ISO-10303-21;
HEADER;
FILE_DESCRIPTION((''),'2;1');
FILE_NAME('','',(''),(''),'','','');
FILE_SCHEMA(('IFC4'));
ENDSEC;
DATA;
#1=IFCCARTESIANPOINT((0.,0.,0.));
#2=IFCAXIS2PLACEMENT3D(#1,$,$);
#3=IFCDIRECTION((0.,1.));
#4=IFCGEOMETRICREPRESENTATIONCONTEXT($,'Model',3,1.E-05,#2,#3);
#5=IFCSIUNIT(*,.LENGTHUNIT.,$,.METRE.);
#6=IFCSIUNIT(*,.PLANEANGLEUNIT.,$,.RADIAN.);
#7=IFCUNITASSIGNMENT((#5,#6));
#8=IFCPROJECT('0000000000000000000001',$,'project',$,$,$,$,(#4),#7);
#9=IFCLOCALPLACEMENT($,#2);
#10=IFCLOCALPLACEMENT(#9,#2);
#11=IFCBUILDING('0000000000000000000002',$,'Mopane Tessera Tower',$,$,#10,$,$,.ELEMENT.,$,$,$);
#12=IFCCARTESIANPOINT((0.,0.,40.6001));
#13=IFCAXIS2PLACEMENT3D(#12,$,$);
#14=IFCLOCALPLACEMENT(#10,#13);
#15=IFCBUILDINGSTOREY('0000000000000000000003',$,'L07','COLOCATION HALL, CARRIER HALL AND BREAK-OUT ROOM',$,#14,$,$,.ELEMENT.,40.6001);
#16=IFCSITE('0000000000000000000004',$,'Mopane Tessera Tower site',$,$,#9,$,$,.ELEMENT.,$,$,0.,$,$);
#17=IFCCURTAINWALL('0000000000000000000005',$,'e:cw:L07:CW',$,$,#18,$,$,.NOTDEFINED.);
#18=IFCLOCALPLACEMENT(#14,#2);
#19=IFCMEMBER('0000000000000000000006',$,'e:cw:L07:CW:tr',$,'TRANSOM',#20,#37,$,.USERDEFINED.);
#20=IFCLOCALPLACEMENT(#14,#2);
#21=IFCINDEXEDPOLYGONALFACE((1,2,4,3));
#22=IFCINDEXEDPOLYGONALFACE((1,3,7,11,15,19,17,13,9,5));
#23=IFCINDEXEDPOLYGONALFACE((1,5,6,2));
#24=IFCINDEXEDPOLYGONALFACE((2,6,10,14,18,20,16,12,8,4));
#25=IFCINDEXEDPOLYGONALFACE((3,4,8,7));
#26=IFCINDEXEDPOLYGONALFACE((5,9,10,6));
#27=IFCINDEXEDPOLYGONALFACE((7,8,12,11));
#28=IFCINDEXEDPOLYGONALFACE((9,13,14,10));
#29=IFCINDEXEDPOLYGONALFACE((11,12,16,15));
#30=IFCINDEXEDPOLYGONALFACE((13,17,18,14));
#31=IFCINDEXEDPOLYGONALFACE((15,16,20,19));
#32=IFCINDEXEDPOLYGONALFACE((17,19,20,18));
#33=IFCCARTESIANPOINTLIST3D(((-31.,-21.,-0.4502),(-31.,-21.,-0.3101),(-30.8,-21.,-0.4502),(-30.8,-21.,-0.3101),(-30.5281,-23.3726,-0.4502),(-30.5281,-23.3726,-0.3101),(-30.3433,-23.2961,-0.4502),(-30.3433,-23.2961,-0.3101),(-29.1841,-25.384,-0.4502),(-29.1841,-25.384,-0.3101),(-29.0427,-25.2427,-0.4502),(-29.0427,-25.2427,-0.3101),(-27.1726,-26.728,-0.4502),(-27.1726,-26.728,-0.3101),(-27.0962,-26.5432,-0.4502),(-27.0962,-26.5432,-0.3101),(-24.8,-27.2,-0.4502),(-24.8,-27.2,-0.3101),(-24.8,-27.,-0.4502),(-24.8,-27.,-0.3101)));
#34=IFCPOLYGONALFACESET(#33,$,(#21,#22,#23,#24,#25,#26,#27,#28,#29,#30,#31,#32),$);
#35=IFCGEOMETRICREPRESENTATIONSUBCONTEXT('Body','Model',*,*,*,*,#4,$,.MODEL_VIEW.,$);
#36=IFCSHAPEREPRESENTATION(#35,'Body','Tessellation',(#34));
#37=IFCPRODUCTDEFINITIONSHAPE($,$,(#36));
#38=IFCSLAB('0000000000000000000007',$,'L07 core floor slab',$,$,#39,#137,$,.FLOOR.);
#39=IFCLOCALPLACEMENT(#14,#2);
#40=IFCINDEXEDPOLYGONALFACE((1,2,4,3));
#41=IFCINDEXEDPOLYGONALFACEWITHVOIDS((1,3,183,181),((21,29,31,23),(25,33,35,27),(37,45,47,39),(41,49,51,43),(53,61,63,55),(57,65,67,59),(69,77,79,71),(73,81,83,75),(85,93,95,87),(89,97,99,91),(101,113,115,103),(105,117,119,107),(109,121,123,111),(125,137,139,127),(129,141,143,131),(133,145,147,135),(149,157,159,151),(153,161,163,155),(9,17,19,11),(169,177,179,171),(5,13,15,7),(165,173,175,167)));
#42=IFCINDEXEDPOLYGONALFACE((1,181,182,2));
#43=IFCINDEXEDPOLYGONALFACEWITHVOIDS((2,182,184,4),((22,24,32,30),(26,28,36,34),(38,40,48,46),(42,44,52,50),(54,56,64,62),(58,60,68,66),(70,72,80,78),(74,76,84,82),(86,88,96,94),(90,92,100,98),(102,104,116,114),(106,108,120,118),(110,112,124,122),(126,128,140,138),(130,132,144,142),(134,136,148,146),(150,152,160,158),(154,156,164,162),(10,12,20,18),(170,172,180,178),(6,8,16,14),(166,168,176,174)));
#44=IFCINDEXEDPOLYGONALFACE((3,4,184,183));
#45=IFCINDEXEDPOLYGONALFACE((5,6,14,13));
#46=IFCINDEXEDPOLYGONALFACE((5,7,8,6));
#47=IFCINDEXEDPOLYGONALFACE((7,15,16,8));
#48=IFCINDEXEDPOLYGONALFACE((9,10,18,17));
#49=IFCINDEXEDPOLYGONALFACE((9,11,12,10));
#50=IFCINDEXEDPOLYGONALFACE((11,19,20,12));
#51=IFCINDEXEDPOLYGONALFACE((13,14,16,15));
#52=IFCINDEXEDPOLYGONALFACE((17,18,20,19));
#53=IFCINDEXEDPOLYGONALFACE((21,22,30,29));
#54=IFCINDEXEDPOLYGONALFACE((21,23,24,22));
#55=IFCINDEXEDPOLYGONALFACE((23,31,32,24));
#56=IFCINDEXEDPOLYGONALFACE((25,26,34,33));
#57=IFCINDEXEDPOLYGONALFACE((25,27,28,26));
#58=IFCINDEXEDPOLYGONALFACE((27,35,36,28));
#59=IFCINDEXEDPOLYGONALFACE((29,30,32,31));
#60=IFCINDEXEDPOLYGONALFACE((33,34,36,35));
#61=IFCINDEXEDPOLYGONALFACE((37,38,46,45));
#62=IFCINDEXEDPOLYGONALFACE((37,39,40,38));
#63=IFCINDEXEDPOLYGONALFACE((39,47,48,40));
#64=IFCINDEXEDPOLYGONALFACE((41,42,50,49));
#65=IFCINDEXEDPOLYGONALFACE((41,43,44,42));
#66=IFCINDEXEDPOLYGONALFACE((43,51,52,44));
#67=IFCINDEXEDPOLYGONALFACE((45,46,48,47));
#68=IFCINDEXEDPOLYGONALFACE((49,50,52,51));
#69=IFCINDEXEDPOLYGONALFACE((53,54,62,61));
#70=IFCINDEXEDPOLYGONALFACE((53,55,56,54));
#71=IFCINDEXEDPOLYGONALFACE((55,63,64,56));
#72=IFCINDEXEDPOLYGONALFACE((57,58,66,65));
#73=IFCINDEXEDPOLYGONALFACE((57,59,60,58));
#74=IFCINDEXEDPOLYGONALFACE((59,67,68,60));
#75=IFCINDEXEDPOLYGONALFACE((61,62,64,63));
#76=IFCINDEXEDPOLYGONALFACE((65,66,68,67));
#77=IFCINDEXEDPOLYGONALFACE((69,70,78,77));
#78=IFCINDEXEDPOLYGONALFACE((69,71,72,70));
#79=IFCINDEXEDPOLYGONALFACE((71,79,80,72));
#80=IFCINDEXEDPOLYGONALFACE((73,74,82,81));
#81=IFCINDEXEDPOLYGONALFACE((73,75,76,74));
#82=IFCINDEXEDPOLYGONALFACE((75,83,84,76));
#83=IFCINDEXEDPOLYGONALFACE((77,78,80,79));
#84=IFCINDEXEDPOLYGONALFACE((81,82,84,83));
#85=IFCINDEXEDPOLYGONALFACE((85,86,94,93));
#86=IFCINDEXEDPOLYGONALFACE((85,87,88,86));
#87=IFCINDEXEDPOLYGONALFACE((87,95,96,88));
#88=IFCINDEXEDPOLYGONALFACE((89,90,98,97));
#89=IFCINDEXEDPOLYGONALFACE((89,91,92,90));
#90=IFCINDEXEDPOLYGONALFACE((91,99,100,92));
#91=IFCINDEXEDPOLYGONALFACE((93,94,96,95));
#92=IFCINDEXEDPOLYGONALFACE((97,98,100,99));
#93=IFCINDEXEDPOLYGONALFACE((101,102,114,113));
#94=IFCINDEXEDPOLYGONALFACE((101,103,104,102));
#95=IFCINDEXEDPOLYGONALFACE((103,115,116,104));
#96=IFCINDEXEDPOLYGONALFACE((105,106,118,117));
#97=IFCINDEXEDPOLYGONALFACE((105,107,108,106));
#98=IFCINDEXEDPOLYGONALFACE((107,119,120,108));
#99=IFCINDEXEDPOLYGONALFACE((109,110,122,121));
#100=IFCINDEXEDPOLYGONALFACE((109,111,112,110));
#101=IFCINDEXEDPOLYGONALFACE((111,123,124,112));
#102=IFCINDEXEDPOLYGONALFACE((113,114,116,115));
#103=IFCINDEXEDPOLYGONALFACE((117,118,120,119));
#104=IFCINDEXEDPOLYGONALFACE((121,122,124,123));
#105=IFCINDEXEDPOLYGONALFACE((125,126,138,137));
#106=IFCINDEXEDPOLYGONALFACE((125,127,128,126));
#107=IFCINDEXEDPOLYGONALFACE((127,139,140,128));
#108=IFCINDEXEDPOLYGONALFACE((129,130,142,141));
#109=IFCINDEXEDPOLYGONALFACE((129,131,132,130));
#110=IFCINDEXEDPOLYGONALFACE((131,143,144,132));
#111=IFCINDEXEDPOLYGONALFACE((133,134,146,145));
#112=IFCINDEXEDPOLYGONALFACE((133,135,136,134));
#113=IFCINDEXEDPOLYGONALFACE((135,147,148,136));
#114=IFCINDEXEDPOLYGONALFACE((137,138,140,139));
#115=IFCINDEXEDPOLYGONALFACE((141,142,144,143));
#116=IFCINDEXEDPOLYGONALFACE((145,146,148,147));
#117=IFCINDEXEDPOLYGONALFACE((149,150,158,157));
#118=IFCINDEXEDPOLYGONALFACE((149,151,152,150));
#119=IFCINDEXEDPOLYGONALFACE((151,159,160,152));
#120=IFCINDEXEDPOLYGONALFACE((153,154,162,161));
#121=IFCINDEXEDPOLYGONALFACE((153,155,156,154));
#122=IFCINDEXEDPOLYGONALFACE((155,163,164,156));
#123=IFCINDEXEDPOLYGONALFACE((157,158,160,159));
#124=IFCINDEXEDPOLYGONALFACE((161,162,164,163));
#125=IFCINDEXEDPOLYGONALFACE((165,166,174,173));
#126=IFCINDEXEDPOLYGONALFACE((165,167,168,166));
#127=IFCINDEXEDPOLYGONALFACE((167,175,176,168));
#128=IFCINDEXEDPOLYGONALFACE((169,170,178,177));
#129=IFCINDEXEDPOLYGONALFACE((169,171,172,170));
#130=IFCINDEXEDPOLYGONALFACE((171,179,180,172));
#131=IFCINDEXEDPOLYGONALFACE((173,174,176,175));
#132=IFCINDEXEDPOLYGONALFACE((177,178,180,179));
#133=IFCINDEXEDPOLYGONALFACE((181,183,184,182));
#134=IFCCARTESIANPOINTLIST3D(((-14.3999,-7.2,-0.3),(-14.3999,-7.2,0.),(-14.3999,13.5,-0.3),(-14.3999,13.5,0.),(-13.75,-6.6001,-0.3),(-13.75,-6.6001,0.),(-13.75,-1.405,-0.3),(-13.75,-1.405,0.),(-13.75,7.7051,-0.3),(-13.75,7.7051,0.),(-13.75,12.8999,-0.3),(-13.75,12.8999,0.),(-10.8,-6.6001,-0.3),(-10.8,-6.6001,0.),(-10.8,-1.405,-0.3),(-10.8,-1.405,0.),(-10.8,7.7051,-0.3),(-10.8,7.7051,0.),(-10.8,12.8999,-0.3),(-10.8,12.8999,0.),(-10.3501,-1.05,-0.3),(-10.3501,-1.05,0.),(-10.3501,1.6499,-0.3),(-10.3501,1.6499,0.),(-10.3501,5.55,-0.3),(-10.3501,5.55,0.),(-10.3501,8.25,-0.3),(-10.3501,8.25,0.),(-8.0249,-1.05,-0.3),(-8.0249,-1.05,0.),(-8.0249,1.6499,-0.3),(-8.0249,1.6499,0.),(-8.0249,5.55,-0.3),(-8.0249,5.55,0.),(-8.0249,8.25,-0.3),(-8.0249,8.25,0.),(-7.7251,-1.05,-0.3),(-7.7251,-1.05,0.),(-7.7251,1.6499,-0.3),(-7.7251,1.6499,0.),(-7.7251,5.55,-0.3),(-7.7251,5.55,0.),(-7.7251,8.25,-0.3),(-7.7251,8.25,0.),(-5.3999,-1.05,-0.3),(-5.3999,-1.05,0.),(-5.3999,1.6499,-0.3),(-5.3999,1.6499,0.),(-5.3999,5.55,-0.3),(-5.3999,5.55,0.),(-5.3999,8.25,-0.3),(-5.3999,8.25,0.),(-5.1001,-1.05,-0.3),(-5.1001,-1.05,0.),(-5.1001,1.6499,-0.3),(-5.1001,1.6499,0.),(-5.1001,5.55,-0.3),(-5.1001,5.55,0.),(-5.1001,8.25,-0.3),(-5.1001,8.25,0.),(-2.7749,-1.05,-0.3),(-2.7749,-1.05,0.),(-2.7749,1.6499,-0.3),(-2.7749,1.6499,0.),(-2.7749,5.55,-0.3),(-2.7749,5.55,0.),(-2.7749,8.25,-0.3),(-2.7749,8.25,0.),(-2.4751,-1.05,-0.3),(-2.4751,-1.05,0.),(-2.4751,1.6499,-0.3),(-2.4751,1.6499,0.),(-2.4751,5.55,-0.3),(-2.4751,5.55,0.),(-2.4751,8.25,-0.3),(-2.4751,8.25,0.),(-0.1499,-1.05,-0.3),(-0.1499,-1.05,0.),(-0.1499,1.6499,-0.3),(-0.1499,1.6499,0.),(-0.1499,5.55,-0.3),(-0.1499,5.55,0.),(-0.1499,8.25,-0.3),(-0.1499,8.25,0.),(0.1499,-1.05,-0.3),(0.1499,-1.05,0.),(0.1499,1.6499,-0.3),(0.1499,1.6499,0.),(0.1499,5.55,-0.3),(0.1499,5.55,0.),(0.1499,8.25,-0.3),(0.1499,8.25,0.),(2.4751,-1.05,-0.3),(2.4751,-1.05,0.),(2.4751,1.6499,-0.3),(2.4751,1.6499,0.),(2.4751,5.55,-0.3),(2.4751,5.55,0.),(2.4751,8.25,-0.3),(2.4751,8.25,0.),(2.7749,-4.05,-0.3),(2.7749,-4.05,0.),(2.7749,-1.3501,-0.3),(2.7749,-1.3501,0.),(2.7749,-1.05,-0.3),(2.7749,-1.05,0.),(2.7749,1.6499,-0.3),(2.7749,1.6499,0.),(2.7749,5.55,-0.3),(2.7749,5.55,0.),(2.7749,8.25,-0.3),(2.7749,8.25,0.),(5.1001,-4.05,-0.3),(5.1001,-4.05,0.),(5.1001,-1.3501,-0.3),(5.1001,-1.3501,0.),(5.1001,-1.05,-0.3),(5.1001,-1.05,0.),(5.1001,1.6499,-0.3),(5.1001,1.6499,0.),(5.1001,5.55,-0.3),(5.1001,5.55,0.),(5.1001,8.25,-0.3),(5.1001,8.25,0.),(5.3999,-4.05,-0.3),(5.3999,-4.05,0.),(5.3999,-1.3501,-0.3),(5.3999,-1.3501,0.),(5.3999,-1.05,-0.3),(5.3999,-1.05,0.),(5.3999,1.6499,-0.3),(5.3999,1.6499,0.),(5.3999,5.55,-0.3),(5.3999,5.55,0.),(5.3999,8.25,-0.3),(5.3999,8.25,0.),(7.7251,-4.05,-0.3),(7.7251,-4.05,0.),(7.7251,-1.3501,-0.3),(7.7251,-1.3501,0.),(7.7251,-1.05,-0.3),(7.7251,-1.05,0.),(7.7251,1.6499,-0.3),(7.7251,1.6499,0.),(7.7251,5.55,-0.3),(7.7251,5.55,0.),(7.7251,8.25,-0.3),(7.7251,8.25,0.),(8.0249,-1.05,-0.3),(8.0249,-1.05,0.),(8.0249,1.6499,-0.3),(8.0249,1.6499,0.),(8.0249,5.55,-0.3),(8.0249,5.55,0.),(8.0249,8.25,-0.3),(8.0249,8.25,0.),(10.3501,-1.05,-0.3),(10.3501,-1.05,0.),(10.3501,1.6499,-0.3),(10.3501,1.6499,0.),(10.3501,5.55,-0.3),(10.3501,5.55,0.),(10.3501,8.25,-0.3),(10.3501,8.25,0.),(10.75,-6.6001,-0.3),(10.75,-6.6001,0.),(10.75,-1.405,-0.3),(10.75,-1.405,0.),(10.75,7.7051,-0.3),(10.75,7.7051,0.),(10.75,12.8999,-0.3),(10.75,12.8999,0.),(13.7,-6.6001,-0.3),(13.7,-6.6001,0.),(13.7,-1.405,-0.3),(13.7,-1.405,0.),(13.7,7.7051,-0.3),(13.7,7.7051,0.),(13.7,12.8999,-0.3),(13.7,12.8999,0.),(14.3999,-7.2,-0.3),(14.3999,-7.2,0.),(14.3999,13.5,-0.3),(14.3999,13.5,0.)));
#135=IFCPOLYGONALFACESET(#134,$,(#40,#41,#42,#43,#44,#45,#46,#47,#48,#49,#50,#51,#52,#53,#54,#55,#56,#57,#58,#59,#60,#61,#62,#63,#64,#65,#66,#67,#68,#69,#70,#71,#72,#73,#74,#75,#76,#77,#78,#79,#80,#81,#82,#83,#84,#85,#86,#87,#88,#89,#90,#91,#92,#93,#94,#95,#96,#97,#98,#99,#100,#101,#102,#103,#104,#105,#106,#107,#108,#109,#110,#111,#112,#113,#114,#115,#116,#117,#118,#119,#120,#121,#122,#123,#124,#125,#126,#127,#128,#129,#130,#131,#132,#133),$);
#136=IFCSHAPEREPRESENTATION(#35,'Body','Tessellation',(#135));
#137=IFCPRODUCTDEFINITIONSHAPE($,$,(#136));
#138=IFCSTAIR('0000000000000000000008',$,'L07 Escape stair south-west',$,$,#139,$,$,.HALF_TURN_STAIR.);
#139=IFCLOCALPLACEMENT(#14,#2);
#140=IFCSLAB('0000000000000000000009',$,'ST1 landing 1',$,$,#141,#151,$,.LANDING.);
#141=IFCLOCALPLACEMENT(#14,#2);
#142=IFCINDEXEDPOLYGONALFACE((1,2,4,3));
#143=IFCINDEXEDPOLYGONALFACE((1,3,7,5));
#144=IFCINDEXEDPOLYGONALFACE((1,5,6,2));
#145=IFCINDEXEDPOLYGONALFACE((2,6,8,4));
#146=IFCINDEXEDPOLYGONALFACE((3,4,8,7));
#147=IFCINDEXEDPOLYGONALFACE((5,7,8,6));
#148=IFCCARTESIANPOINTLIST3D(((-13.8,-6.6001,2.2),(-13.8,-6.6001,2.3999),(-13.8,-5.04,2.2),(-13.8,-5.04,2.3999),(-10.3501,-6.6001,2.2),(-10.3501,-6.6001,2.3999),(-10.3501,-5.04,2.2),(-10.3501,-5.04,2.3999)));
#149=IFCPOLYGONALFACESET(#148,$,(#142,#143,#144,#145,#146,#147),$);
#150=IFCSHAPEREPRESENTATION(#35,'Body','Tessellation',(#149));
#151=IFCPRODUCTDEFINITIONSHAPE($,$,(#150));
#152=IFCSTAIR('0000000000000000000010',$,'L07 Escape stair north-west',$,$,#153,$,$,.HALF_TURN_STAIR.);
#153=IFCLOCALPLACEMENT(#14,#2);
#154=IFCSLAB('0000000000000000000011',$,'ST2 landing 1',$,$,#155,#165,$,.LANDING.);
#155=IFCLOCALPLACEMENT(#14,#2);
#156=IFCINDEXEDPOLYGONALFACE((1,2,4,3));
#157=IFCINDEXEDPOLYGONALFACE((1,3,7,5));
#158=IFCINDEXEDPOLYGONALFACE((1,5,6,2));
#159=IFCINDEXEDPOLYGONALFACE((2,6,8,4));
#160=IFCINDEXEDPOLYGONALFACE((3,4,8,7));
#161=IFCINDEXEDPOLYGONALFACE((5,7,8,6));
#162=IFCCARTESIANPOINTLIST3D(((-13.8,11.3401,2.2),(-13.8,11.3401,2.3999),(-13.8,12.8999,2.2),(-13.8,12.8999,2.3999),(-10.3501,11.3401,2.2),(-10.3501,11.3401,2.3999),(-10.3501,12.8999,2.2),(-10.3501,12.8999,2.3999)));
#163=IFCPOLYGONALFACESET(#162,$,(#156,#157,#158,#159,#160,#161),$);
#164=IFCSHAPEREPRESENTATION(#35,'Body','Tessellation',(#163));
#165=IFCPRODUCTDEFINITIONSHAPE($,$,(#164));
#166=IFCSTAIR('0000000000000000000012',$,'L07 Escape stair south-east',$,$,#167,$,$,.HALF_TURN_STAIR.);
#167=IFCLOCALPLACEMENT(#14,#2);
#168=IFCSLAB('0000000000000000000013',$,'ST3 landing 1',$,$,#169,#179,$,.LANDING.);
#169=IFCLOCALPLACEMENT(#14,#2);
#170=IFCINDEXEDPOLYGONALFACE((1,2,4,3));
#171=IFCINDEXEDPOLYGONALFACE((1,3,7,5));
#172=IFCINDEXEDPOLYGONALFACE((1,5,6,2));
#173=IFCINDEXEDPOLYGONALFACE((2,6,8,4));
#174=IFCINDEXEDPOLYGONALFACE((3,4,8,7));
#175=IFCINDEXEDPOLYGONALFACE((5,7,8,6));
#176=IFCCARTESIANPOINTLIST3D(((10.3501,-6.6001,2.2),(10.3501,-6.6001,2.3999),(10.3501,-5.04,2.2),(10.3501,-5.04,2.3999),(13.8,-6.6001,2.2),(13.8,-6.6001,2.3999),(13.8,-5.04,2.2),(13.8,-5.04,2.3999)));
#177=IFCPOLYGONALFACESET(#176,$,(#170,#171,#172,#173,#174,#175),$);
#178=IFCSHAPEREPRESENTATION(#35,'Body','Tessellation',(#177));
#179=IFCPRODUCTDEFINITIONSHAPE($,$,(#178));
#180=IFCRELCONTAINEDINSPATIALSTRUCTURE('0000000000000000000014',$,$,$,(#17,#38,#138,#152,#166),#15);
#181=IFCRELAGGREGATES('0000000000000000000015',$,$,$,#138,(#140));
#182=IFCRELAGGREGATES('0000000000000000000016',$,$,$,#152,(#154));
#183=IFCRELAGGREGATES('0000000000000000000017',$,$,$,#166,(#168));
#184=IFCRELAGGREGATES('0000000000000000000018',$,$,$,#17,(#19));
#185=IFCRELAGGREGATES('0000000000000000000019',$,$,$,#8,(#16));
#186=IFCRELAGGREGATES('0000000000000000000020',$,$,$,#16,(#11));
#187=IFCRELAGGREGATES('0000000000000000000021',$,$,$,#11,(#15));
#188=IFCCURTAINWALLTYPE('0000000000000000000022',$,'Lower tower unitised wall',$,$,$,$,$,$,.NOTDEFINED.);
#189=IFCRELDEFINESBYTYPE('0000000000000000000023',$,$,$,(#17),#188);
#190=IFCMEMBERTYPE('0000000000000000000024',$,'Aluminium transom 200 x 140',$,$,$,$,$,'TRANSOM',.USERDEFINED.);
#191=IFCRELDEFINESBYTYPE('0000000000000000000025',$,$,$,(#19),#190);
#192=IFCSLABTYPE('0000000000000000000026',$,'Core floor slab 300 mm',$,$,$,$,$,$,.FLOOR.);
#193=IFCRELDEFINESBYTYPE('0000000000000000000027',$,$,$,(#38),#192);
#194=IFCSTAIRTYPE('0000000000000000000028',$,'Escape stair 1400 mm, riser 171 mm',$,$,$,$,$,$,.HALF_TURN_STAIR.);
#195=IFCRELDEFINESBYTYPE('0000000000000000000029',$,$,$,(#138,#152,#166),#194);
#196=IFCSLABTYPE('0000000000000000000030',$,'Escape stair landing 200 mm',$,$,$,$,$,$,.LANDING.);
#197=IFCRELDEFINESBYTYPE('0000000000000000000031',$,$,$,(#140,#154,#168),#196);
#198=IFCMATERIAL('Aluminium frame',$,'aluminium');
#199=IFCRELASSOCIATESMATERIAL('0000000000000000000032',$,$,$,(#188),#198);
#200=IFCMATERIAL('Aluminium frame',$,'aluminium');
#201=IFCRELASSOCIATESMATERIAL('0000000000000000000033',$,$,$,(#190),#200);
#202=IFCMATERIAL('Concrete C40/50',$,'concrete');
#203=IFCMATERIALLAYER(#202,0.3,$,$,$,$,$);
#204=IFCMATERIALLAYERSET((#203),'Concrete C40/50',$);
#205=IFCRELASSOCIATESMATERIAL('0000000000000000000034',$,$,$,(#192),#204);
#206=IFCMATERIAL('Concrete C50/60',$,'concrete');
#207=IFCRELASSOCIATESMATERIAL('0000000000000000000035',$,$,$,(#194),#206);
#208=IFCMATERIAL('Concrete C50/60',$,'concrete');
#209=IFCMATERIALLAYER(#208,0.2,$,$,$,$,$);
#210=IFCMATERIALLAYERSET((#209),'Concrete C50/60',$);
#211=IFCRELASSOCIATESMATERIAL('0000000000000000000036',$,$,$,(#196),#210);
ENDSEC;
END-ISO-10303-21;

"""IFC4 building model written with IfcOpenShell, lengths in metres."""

from ifc_helpers import new_model, si_unit, direction, frame, origin, origin_2d, place, context, subcontext, project, spatial, polyline, rectangle, outline, extrude, material, layer, layer_set, material_profile, profile_set, type_object, element, aggregate, save


model = new_model("IFC4")

# Units and contexts
model_context = context("Model", 3, precision=1e-05, world=origin(), true_north=direction((0.0, 1.0)))
body_context = subcontext(model_context, "Body", "Model", "MODEL_VIEW")
ifc_project = project(units=[si_unit("LENGTHUNIT", "METRE"), si_unit("PLANEANGLEUNIT", "RADIAN")], contexts=[model_context])

# Site, building, storey
site_placement = place(None, origin())
site = spatial("IfcSite", under=ifc_project, at=site_placement, Name="Mopane Tessera Tower site", CompositionType="ELEMENT", RefElevation=0.0)
building_placement = place(site_placement, origin())
building = spatial("IfcBuilding", under=site, at=building_placement, Name="Mopane Tessera Tower", CompositionType="ELEMENT")
storey_placement = place(building_placement, frame((0.0, 0.0, 40.6001)))
storey = spatial("IfcBuildingStorey", under=building, at=storey_placement, Name="L07", Description="COLOCATION HALL, CARRIER HALL AND BREAK-OUT ROOM", CompositionType="ELEMENT", Elevation=40.6001)

# Curtain wall, member
ifc_material_1 = material(Name="Aluminium frame", Category="aluminium")
curtain_wall_type = type_object("IfcCurtainWallType", Name="Lower tower unitised wall", PredefinedType="NOTDEFINED", material=ifc_material_1)
curtain_wall_placement = place(storey_placement, origin())
curtain_wall = element("IfcCurtainWall", 1, at=curtain_wall_placement, inside=storey, type_object=curtain_wall_type, Name="e:cw:L07:CW", PredefinedType="NOTDEFINED")
ifc_material_2 = material(Name="Aluminium frame", Category="aluminium")
ifc_material_profile = material_profile(ifc_material_2, rectangle(XDim=0.2, YDim=0.1399, at=origin_2d()))
ifc_profile_set = profile_set([ifc_material_profile], Name="Aluminium frame")
member_type = type_object("IfcMemberType", Name="Aluminium transom 200 x 140", ElementType="TRANSOM", PredefinedType="USERDEFINED", material=ifc_profile_set)
member_placement = place(storey_placement, frame((0.0, 0.0, -0.4502)))
member = element("IfcMember", 2, at=member_placement, type_object=member_type, Name="e:cw:L07:CW:tr", ObjectType="TRANSOM", PredefinedType="USERDEFINED", context=body_context, shape_type="SweptSolid", body=[
    extrude(outline(polyline([(-30.8, -21.0), (-30.3433, -23.2961), (-29.0427, -25.2427), (-27.0962, -26.5432), (-24.8, -27.0), (-24.8, -27.2), (-27.1726, -26.728), (-29.1841, -25.384), (-30.5281, -23.3726), (-31.0, -21.0), (-30.8, -21.0)])), origin(), (0.0, 0.0, 1.0), 0.1401),
])

# Slab
ifc_material_3 = material(Name="Concrete C40/50", Category="concrete")
ifc_layer_1 = layer(ifc_material_3, 0.3)
ifc_layer_set_1 = layer_set([ifc_layer_1], Name="Concrete C40/50")
slab_type_1 = type_object("IfcSlabType", Name="Core floor slab 300 mm", PredefinedType="FLOOR", material=ifc_layer_set_1)
slab_1_placement = place(storey_placement, frame((0.0, 0.0, -0.3)))
element("IfcSlab", 3, at=slab_1_placement, inside=storey, type_object=slab_type_1, Name="L07 core floor slab", PredefinedType="FLOOR", context=body_context, shape_type="SweptSolid", body=[
    extrude(outline(polyline([(-14.3999, -7.2), (14.3999, -7.2), (14.3999, 13.5), (-14.3999, 13.5), (-14.3999, -7.2)]), holes=[polyline([(-10.3501, -1.05), (-8.0249, -1.05), (-8.0249, 1.6499), (-10.3501, 1.6499), (-10.3501, -1.05)]), polyline([(-7.7251, -1.05), (-5.3999, -1.05), (-5.3999, 1.6499), (-7.7251, 1.6499), (-7.7251, -1.05)]), polyline([(-5.1001, -1.05), (-2.7749, -1.05), (-2.7749, 1.6499), (-5.1001, 1.6499), (-5.1001, -1.05)]), polyline([(-2.4751, -1.05), (-0.1499, -1.05), (-0.1499, 1.6499), (-2.4751, 1.6499), (-2.4751, -1.05)]), polyline([(0.1499, -1.05), (2.4751, -1.05), (2.4751, 1.6499), (0.1499, 1.6499), (0.1499, -1.05)]), polyline([(2.7749, -1.05), (5.1001, -1.05), (5.1001, 1.6499), (2.7749, 1.6499), (2.7749, -1.05)]), polyline([(5.3999, -1.05), (7.7251, -1.05), (7.7251, 1.6499), (5.3999, 1.6499), (5.3999, -1.05)]), polyline([(8.0249, -1.05), (10.3501, -1.05), (10.3501, 1.6499), (8.0249, 1.6499), (8.0249, -1.05)]), polyline([(-10.3501, 5.55), (-8.0249, 5.55), (-8.0249, 8.25), (-10.3501, 8.25), (-10.3501, 5.55)]), polyline([(-7.7251, 5.55), (-5.3999, 5.55), (-5.3999, 8.25), (-7.7251, 8.25), (-7.7251, 5.55)]), polyline([(-5.1001, 5.55), (-2.7749, 5.55), (-2.7749, 8.25), (-5.1001, 8.25), (-5.1001, 5.55)]), polyline([(-2.4751, 5.55), (-0.1499, 5.55), (-0.1499, 8.25), (-2.4751, 8.25), (-2.4751, 5.55)]), polyline([(0.1499, 5.55), (2.4751, 5.55), (2.4751, 8.25), (0.1499, 8.25), (0.1499, 5.55)]), polyline([(2.7749, 5.55), (5.1001, 5.55), (5.1001, 8.25), (2.7749, 8.25), (2.7749, 5.55)]), polyline([(5.3999, 5.55), (7.7251, 5.55), (7.7251, 8.25), (5.3999, 8.25), (5.3999, 5.55)]), polyline([(8.0249, 5.55), (10.3501, 5.55), (10.3501, 8.25), (8.0249, 8.25), (8.0249, 5.55)]), polyline([(2.7749, -4.05), (5.1001, -4.05), (5.1001, -1.3501), (2.7749, -1.3501), (2.7749, -4.05)]), polyline([(5.3999, -4.05), (7.7251, -4.05), (7.7251, -1.3501), (5.3999, -1.3501), (5.3999, -4.05)]), polyline([(-13.75, -1.405), (-13.75, -6.6001), (-10.8, -6.6001), (-10.8, -1.405), (-13.75, -1.405)]), polyline([(-10.8, 7.7051), (-10.8, 12.8999), (-13.75, 12.8999), (-13.75, 7.7051), (-10.8, 7.7051)]), polyline([(10.75, -1.405), (10.75, -6.6001), (13.7, -6.6001), (13.7, -1.405), (10.75, -1.405)]), polyline([(13.7, 7.7051), (13.7, 12.8999), (10.75, 12.8999), (10.75, 7.7051), (13.7, 7.7051)])]), origin(), (0.0, 0.0, 1.0), 0.3),
])

# Stairs, slabs
ifc_material_4 = material(Name="Concrete C50/60", Category="concrete")
stair_type = type_object("IfcStairType", Name="Escape stair 1400 mm, riser 171 mm", PredefinedType="HALF_TURN_STAIR", material=ifc_material_4)
stair_1_placement = place(storey_placement, origin())
stair_1 = element("IfcStair", 4, at=stair_1_placement, inside=storey, type_object=stair_type, Name="L07 Escape stair south-west", PredefinedType="HALF_TURN_STAIR")
ifc_material_5 = material(Name="Concrete C50/60", Category="concrete")
ifc_layer_2 = layer(ifc_material_5, 0.2)
ifc_layer_set_2 = layer_set([ifc_layer_2], Name="Concrete C50/60")
slab_type_2 = type_object("IfcSlabType", Name="Escape stair landing 200 mm", PredefinedType="LANDING", material=ifc_layer_set_2)
slab_2_placement = place(storey_placement, frame((0.0, 0.0, 2.2)))
slab_2 = element("IfcSlab", 5, at=slab_2_placement, type_object=slab_type_2, Name="ST1 landing 1", PredefinedType="LANDING", context=body_context, shape_type="SweptSolid", body=[
    extrude(outline(polyline([(-13.8, -5.04), (-13.8, -6.6001), (-10.3501, -6.6001), (-10.3501, -5.04), (-13.8, -5.04)])), origin(), (0.0, 0.0, 1.0), 0.2),
])
aggregate(stair_1, [slab_2])
stair_2_placement = place(storey_placement, origin())
stair_2 = element("IfcStair", 6, at=stair_2_placement, inside=storey, type_object=stair_type, Name="L07 Escape stair north-west", PredefinedType="HALF_TURN_STAIR")
slab_3_placement = place(storey_placement, frame((0.0, 0.0, 2.2)))
slab_3 = element("IfcSlab", 7, at=slab_3_placement, type_object=slab_type_2, Name="ST2 landing 1", PredefinedType="LANDING", context=body_context, shape_type="SweptSolid", body=[
    extrude(outline(polyline([(-10.3501, 11.3401), (-10.3501, 12.8999), (-13.8, 12.8999), (-13.8, 11.3401), (-10.3501, 11.3401)])), origin(), (0.0, 0.0, 1.0), 0.2),
])
aggregate(stair_2, [slab_3])
stair_3_placement = place(storey_placement, origin())
stair_3 = element("IfcStair", 8, at=stair_3_placement, inside=storey, type_object=stair_type, Name="L07 Escape stair south-east", PredefinedType="HALF_TURN_STAIR")
slab_4_placement = place(storey_placement, frame((0.0, 0.0, 2.2)))
slab_4 = element("IfcSlab", 9, at=slab_4_placement, type_object=slab_type_2, Name="ST3 landing 1", PredefinedType="LANDING", context=body_context, shape_type="SweptSolid", body=[
    extrude(outline(polyline([(10.3501, -5.04), (10.3501, -6.6001), (13.8, -6.6001), (13.8, -5.04), (10.3501, -5.04)])), origin(), (0.0, 0.0, 1.0), 0.2),
])
aggregate(stair_3, [slab_4])

aggregate(curtain_wall, [member])

save(model, "model.ifc")
